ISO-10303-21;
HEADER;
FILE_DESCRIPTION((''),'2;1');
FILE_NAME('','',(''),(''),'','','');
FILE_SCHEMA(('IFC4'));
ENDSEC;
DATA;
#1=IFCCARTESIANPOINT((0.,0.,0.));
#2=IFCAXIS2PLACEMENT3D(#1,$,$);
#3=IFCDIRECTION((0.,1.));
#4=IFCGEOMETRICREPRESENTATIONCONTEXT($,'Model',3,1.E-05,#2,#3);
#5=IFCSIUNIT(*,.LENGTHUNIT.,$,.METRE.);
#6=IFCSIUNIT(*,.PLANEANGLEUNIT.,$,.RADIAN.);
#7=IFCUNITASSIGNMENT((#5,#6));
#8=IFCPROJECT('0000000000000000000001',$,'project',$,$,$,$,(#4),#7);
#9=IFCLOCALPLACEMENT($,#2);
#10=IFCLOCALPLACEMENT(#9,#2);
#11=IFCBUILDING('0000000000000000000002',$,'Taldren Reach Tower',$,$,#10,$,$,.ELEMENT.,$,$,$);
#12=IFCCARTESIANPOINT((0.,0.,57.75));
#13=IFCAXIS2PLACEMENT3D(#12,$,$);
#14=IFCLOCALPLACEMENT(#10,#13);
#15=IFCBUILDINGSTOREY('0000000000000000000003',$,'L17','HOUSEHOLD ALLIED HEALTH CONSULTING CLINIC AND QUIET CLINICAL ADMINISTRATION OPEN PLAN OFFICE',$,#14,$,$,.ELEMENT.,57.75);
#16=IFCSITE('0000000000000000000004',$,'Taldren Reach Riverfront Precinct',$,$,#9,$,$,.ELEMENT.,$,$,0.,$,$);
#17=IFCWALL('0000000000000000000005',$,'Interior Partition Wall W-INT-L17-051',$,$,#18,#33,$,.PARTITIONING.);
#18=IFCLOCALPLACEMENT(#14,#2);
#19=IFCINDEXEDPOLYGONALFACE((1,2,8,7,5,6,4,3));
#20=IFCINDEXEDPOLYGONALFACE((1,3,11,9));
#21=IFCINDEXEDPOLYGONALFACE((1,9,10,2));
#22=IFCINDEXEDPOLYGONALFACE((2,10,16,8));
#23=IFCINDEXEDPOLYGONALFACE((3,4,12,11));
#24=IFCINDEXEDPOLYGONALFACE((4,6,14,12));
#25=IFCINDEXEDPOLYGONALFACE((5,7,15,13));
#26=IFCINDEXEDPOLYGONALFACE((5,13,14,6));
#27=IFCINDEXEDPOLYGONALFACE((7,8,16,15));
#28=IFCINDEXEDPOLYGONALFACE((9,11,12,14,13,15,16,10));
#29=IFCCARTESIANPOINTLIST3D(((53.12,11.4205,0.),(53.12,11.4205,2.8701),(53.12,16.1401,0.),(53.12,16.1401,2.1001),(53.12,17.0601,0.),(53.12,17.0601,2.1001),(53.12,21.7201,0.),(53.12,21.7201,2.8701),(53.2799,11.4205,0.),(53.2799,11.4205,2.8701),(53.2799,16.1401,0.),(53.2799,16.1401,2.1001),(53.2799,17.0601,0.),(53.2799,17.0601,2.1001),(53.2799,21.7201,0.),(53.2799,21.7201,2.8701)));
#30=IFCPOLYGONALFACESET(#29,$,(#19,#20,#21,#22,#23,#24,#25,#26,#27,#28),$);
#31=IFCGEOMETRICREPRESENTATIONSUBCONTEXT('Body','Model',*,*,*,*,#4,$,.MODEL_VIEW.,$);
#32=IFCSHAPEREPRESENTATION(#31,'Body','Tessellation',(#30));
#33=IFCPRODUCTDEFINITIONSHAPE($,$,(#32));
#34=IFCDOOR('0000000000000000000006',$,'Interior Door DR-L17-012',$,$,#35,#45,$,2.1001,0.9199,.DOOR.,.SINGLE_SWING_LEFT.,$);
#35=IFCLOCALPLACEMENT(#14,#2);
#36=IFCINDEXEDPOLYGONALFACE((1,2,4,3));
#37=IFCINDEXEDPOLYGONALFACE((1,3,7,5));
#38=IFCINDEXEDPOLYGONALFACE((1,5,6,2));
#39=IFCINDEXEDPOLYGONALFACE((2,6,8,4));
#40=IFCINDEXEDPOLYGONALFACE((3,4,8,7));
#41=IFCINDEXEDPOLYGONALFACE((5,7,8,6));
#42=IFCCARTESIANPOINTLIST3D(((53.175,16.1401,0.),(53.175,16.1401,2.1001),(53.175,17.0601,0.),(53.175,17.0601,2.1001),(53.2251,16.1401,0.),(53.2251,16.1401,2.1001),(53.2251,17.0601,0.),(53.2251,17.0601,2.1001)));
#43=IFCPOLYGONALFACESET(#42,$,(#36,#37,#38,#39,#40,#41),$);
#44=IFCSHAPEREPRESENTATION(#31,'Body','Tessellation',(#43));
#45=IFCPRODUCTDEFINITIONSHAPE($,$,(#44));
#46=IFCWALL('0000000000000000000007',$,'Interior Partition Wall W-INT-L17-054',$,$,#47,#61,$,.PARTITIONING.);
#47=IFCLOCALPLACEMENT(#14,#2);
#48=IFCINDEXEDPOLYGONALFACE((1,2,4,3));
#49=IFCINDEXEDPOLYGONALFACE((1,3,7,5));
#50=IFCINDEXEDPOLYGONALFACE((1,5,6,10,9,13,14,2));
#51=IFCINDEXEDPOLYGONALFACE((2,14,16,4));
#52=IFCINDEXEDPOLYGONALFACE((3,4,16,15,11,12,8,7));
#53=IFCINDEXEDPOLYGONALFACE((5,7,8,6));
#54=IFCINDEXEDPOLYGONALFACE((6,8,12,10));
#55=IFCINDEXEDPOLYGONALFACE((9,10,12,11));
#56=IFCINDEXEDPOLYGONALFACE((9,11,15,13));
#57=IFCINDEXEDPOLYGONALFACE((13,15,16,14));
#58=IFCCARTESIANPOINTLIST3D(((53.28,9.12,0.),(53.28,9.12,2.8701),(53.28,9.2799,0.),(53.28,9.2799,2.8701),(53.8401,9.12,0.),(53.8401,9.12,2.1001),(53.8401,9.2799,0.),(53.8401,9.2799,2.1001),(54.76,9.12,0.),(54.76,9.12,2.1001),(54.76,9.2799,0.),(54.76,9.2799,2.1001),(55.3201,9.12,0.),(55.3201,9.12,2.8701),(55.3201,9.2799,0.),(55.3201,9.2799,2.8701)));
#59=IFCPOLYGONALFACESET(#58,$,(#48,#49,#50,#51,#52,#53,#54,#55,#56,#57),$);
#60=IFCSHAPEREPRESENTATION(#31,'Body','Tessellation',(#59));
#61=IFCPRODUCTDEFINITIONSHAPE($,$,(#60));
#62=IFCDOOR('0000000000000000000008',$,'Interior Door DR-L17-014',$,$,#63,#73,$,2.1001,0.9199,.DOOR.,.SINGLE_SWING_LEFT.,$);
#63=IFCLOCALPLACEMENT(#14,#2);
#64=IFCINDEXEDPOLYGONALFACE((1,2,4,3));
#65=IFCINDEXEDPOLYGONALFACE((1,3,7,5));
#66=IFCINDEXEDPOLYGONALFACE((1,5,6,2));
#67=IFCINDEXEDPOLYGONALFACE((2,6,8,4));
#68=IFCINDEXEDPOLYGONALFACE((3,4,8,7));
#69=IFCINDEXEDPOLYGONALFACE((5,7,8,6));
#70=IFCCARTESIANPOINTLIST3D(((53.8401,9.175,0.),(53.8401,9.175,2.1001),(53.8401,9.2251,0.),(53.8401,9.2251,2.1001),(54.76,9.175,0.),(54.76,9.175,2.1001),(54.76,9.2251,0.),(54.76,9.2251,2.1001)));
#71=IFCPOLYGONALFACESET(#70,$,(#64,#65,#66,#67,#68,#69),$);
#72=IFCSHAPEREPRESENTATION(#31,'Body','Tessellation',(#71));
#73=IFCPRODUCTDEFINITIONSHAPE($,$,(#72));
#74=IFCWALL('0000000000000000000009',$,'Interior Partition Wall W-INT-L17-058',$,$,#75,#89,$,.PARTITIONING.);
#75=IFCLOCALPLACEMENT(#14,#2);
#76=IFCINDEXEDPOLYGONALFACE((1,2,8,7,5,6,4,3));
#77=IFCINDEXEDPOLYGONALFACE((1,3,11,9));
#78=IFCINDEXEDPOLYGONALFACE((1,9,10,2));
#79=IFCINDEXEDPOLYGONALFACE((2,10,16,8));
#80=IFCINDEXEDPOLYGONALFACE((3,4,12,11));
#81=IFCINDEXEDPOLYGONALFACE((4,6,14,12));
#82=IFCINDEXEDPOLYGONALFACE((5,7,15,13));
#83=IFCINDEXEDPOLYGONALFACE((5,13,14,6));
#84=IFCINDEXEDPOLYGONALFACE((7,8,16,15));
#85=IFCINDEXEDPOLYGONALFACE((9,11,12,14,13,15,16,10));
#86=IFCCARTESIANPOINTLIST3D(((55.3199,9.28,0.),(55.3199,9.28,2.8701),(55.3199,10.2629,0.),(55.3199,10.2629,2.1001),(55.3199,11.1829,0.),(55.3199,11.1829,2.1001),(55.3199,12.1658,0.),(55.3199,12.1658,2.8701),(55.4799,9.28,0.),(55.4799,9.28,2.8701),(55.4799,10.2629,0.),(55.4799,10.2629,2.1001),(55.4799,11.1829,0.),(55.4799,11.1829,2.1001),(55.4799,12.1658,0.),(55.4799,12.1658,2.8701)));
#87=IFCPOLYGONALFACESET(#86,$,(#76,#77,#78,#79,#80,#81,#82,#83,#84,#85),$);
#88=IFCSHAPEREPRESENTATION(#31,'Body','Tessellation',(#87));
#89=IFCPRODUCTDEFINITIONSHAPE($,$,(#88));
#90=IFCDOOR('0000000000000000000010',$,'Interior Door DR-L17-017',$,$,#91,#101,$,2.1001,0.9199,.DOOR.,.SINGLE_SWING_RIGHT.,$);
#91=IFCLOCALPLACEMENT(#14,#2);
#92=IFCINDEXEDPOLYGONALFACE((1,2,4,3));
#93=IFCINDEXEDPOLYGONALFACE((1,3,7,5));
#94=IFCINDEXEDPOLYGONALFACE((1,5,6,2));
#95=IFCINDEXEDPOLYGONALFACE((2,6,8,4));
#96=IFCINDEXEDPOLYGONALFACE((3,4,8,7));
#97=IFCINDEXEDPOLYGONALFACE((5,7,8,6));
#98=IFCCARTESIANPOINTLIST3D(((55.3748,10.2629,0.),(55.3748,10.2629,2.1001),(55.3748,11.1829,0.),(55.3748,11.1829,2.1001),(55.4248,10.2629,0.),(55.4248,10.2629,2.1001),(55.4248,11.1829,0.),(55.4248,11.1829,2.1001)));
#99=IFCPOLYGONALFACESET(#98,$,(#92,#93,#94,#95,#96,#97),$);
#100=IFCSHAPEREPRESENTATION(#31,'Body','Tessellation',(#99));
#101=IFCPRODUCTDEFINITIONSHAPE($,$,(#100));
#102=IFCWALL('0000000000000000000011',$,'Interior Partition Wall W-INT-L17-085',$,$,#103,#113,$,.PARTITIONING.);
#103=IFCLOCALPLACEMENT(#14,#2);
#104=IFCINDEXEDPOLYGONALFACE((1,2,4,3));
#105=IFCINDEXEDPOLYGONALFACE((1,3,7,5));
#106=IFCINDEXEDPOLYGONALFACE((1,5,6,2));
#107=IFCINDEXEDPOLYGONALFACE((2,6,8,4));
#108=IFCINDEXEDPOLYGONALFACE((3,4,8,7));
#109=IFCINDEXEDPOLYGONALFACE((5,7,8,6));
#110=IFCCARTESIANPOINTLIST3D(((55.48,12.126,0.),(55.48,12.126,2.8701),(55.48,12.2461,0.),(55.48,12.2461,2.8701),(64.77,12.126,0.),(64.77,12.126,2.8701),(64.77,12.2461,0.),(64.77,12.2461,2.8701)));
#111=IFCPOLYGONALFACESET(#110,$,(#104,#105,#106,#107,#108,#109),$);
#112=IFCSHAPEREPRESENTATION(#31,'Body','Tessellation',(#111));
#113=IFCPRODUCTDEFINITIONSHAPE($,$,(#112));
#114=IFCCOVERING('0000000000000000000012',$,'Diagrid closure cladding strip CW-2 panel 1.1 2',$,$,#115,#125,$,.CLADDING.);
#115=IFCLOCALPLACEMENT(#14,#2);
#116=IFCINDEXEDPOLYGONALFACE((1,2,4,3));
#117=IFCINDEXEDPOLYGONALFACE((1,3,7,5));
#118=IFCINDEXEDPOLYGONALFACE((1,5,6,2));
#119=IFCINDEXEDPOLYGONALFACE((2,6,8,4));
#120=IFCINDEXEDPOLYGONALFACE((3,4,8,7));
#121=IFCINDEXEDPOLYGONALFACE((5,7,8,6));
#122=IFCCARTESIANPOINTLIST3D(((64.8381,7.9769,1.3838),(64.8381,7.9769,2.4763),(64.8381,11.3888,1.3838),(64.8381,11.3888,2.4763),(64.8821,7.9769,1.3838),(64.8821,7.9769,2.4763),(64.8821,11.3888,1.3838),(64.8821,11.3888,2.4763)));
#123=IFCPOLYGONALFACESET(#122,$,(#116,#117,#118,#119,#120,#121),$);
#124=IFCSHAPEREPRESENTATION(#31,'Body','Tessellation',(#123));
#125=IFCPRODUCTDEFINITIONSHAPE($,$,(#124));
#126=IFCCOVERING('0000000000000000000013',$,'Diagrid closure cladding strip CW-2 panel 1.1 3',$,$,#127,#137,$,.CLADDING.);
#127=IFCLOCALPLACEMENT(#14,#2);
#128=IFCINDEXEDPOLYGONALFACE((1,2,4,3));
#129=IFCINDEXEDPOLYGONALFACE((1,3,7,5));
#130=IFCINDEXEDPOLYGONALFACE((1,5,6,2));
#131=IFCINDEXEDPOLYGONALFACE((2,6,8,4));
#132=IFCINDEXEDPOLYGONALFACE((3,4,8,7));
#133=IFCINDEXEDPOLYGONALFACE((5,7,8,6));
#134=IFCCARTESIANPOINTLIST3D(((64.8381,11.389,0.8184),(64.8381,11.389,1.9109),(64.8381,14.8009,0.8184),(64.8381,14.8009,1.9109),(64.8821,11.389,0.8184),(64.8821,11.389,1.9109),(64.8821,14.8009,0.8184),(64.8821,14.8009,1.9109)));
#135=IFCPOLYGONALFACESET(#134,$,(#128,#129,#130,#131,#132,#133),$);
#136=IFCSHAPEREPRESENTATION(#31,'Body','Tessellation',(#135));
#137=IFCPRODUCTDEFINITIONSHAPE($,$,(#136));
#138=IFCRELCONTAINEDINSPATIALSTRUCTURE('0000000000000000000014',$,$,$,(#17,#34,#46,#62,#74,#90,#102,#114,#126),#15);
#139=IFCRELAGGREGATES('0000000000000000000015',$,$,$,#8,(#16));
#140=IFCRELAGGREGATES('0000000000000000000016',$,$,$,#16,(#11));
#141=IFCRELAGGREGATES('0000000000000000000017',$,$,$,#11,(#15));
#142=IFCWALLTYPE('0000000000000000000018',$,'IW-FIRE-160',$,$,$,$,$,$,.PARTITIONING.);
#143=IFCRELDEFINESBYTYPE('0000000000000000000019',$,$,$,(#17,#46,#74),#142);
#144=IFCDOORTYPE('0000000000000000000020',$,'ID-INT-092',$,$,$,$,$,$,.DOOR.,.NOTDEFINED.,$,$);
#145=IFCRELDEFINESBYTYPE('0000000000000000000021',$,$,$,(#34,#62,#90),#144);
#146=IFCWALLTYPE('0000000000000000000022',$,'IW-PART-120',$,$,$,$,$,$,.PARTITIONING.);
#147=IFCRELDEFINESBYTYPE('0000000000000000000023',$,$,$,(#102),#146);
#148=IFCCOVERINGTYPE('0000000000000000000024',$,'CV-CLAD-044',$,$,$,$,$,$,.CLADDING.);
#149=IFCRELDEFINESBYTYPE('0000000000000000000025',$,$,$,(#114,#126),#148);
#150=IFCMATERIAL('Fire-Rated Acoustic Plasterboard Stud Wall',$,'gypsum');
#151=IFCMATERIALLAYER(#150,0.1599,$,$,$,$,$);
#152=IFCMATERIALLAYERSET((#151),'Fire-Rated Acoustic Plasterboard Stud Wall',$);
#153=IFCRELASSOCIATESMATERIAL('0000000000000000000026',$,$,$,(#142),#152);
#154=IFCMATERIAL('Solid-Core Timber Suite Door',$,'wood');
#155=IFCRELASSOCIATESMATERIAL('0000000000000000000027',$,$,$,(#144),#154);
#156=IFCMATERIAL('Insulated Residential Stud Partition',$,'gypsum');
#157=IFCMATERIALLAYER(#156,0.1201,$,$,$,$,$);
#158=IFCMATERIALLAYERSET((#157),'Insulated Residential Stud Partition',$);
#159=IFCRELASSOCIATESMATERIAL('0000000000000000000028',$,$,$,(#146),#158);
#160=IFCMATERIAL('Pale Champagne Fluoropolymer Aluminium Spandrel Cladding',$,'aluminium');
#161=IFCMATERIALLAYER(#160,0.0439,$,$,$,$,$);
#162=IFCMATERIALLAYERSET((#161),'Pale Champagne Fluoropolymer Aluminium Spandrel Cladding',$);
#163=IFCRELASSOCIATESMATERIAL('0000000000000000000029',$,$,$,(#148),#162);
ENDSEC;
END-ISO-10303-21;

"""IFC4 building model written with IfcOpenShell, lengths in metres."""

from ifc_helpers import new_model, si_unit, direction, frame, frame_2d, origin, origin_2d, place, context, subcontext, project, spatial, rectangle, extrude, source, transform, mapped, material, layer, layer_set, type_object, element, fill, save


model = new_model("IFC4")

# Units and contexts
model_context = context("Model", 3, precision=1e-05, world=origin(), true_north=direction((0.0, 1.0)))
body_context = subcontext(model_context, "Body", "Model", "MODEL_VIEW")
ifc_project = project(units=[si_unit("LENGTHUNIT", "METRE"), si_unit("PLANEANGLEUNIT", "RADIAN")], contexts=[model_context])

# Site, building, storey
site_placement = place(None, origin())
site = spatial("IfcSite", under=ifc_project, at=site_placement, Name="Taldren Reach Riverfront Precinct", CompositionType="ELEMENT", RefElevation=0.0)
building_placement = place(site_placement, origin())
building = spatial("IfcBuilding", under=site, at=building_placement, Name="Taldren Reach Tower", CompositionType="ELEMENT")
storey_placement = place(building_placement, frame((0.0, 0.0, 57.75)))
storey = spatial("IfcBuildingStorey", under=building, at=storey_placement, Name="L17", Description="HOUSEHOLD ALLIED HEALTH CONSULTING CLINIC AND QUIET CLINICAL ADMINISTRATION OPEN PLAN OFFICE", CompositionType="ELEMENT", Elevation=57.75)

# Walls, openings, doors
ifc_material_1 = material(Name="Fire-Rated Acoustic Plasterboard Stud Wall", Category="gypsum")
ifc_layer_1 = layer(ifc_material_1, 0.1599)
ifc_layer_set_1 = layer_set([ifc_layer_1], Name="Fire-Rated Acoustic Plasterboard Stud Wall")
wall_type_1 = type_object("IfcWallType", Name="IW-FIRE-160", PredefinedType="PARTITIONING", material=ifc_layer_set_1)
shared_shape_1 = source(origin(), body_context, "Body", "SweptSolid", [
    extrude(rectangle(XDim=10.2996, YDim=0.1599, at=frame_2d((5.1499, 0.0))), origin(), (0.0, 0.0, 1.0), 2.8701),
])
wall_1_placement = place(storey_placement, frame((53.2, 11.4204, 0.0), z_axis=(0.0, 0.0, 1.0), x_axis=(0.0, 1.0, 0.0)))
wall_1 = element("IfcWall", 1, at=wall_1_placement, inside=storey, type_object=wall_type_1, Name="Interior Partition Wall W-INT-L17-051", PredefinedType="PARTITIONING", context=body_context, shape_type="MappedRepresentation", body=[
    mapped(shared_shape_1, transform((0.0, 0.0, 0.0), scale=1.0)),
])
shared_shape_2 = source(origin(), body_context, "Body", "SweptSolid", [
    extrude(rectangle(XDim=0.9199, YDim=2.1001, at=frame_2d((0.46, 1.05))), frame((0.0, 0.0898, 0.0), z_axis=(0.0, -1.0, 0.0), x_axis=(1.0, 0.0, 0.0)), (0.0, 0.0, 1.0), 0.1799),
])
opening_1_placement = place(wall_1_placement, frame((4.7197, 0.0, 0.0)))
opening_1 = element("IfcOpeningElement", 2, at=opening_1_placement, cuts=wall_1, PredefinedType="OPENING", context=body_context, shape_type="MappedRepresentation", body=[
    mapped(shared_shape_2, transform((0.0, 0.0, 0.0), scale=1.0)),
])
ifc_material_2 = material(Name="Solid-Core Timber Suite Door", Category="wood")
door_type = type_object("IfcDoorType", Name="ID-INT-092", OperationType="NOTDEFINED", PredefinedType="DOOR", material=ifc_material_2)
shared_shape_3 = source(origin(), body_context, "Body", "SweptSolid", [
    extrude(rectangle(XDim=0.9199, YDim=2.1001, at=frame_2d((0.46, 1.05))), frame((0.0, 0.0249, 0.0), z_axis=(0.0, -1.0, 0.0), x_axis=(1.0, 0.0, 0.0)), (0.0, 0.0, 1.0), 0.05),
])
door_1_placement = place(opening_1_placement, origin())
door_1 = element("IfcDoor", 3, at=door_1_placement, inside=storey, type_object=door_type, Name="Interior Door DR-L17-012", OperationType="SINGLE_SWING_LEFT", OverallHeight=2.1001, OverallWidth=0.9199, PredefinedType="DOOR", context=body_context, shape_type="MappedRepresentation", body=[
    mapped(shared_shape_3, transform((0.0, 0.0, 0.0), scale=1.0)),
])
fill(opening_1, door_1)
shared_shape_4 = source(origin(), body_context, "Body", "SweptSolid", [
    extrude(rectangle(XDim=2.04, YDim=0.1599, at=frame_2d((1.02, 0.0))), origin(), (0.0, 0.0, 1.0), 2.8701),
])
wall_2_placement = place(storey_placement, frame((55.3201, 9.2, 0.0), z_axis=(0.0, 0.0, 1.0), x_axis=(-1.0, 0.0, 0.0)))
wall_2 = element("IfcWall", 4, at=wall_2_placement, inside=storey, type_object=wall_type_1, Name="Interior Partition Wall W-INT-L17-054", PredefinedType="PARTITIONING", context=body_context, shape_type="MappedRepresentation", body=[
    mapped(shared_shape_4, transform((0.0, 0.0, 0.0), scale=1.0)),
])
opening_2_placement = place(wall_2_placement, frame((0.5601, 0.0, 0.0)))
opening_2 = element("IfcOpeningElement", 5, at=opening_2_placement, cuts=wall_2, PredefinedType="OPENING", context=body_context, shape_type="MappedRepresentation", body=[
    mapped(shared_shape_2, transform((0.0, 0.0, 0.0), scale=1.0)),
])
door_2_placement = place(opening_2_placement, origin())
door_2 = element("IfcDoor", 6, at=door_2_placement, inside=storey, type_object=door_type, Name="Interior Door DR-L17-014", OperationType="SINGLE_SWING_LEFT", OverallHeight=2.1001, OverallWidth=0.9199, PredefinedType="DOOR", context=body_context, shape_type="MappedRepresentation", body=[
    mapped(shared_shape_3, transform((0.0, 0.0, 0.0), scale=1.0)),
])
fill(opening_2, door_2)
shared_shape_5 = source(origin(), body_context, "Body", "SweptSolid", [
    extrude(rectangle(XDim=2.8857, YDim=0.1599, at=frame_2d((1.4429, 0.0))), origin(), (0.0, 0.0, 1.0), 2.8701),
])
wall_3_placement = place(storey_placement, frame((55.3999, 12.1658, 0.0), z_axis=(0.0, 0.0, 1.0), x_axis=(0.0, -1.0, 0.0)))
wall_3 = element("IfcWall", 7, at=wall_3_placement, inside=storey, type_object=wall_type_1, Name="Interior Partition Wall W-INT-L17-058", PredefinedType="PARTITIONING", context=body_context, shape_type="MappedRepresentation", body=[
    mapped(shared_shape_5, transform((0.0, 0.0, 0.0), scale=1.0)),
])
opening_3_placement = place(wall_3_placement, frame((0.9829, 0.0, 0.0)))
opening_3 = element("IfcOpeningElement", 8, at=opening_3_placement, cuts=wall_3, PredefinedType="OPENING", context=body_context, shape_type="MappedRepresentation", body=[
    mapped(shared_shape_2, transform((0.0, 0.0, 0.0), scale=1.0)),
])
door_3_placement = place(opening_3_placement, origin())
door_3 = element("IfcDoor", 9, at=door_3_placement, inside=storey, type_object=door_type, Name="Interior Door DR-L17-017", OperationType="SINGLE_SWING_RIGHT", OverallHeight=2.1001, OverallWidth=0.9199, PredefinedType="DOOR", context=body_context, shape_type="MappedRepresentation", body=[
    mapped(shared_shape_3, transform((0.0, 0.0, 0.0), scale=1.0)),
])
fill(opening_3, door_3)

# Wall
ifc_material_3 = material(Name="Insulated Residential Stud Partition", Category="gypsum")
ifc_layer_2 = layer(ifc_material_3, 0.1201)
ifc_layer_set_2 = layer_set([ifc_layer_2], Name="Insulated Residential Stud Partition")
wall_type_2 = type_object("IfcWallType", Name="IW-PART-120", PredefinedType="PARTITIONING", material=ifc_layer_set_2)
shared_shape_6 = source(origin(), body_context, "Body", "SweptSolid", [
    extrude(rectangle(XDim=9.29, YDim=0.1201, at=frame_2d((4.645, 0.0))), origin(), (0.0, 0.0, 1.0), 2.8701),
])
wall_4_placement = place(storey_placement, frame((55.48, 12.186, 0.0), z_axis=(0.0, 0.0, 1.0), x_axis=(1.0, 0.0, 0.0)))
element("IfcWall", 10, at=wall_4_placement, inside=storey, type_object=wall_type_2, Name="Interior Partition Wall W-INT-L17-085", PredefinedType="PARTITIONING", context=body_context, shape_type="MappedRepresentation", body=[
    mapped(shared_shape_6, transform((0.0, 0.0, 0.0), scale=1.0)),
])

# Coverings
ifc_material_4 = material(Name="Pale Champagne Fluoropolymer Aluminium Spandrel Cladding", Category="aluminium")
ifc_layer_3 = layer(ifc_material_4, 0.0439)
ifc_layer_set_3 = layer_set([ifc_layer_3], Name="Pale Champagne Fluoropolymer Aluminium Spandrel Cladding")
covering_type = type_object("IfcCoveringType", Name="CV-CLAD-044", PredefinedType="CLADDING", material=ifc_layer_set_3)
shared_shape_7 = source(origin(), body_context, "Body", "SweptSolid", [
    extrude(rectangle(XDim=3.4119, YDim=0.0439, at=origin_2d()), origin(), (0.0, 0.0, 1.0), 1.0925),
])
for number, where, z_axis, x_axis, name in (
    (11, (64.8601, 9.6829, 1.3838), (0.0, 0.0, 1.0), (0.0, 1.0, 0.0), "Diagrid closure cladding strip CW-2 panel 1.1 2"),
    (12, (64.8601, 13.095, 0.8184), (0.0, 0.0, 1.0), (0.0, 1.0, 0.0), "Diagrid closure cladding strip CW-2 panel 1.1 3"),
):
    element("IfcCovering", number, at=place(storey_placement, frame(where, z_axis=z_axis, x_axis=x_axis)), inside=storey, type_object=covering_type, Name=name, PredefinedType="CLADDING", context=body_context, shape_type="MappedRepresentation", body=[
        mapped(shared_shape_7, transform((0.0, 0.0, 0.0), scale=1.0)),
    ])

save(model, "model.ifc")
